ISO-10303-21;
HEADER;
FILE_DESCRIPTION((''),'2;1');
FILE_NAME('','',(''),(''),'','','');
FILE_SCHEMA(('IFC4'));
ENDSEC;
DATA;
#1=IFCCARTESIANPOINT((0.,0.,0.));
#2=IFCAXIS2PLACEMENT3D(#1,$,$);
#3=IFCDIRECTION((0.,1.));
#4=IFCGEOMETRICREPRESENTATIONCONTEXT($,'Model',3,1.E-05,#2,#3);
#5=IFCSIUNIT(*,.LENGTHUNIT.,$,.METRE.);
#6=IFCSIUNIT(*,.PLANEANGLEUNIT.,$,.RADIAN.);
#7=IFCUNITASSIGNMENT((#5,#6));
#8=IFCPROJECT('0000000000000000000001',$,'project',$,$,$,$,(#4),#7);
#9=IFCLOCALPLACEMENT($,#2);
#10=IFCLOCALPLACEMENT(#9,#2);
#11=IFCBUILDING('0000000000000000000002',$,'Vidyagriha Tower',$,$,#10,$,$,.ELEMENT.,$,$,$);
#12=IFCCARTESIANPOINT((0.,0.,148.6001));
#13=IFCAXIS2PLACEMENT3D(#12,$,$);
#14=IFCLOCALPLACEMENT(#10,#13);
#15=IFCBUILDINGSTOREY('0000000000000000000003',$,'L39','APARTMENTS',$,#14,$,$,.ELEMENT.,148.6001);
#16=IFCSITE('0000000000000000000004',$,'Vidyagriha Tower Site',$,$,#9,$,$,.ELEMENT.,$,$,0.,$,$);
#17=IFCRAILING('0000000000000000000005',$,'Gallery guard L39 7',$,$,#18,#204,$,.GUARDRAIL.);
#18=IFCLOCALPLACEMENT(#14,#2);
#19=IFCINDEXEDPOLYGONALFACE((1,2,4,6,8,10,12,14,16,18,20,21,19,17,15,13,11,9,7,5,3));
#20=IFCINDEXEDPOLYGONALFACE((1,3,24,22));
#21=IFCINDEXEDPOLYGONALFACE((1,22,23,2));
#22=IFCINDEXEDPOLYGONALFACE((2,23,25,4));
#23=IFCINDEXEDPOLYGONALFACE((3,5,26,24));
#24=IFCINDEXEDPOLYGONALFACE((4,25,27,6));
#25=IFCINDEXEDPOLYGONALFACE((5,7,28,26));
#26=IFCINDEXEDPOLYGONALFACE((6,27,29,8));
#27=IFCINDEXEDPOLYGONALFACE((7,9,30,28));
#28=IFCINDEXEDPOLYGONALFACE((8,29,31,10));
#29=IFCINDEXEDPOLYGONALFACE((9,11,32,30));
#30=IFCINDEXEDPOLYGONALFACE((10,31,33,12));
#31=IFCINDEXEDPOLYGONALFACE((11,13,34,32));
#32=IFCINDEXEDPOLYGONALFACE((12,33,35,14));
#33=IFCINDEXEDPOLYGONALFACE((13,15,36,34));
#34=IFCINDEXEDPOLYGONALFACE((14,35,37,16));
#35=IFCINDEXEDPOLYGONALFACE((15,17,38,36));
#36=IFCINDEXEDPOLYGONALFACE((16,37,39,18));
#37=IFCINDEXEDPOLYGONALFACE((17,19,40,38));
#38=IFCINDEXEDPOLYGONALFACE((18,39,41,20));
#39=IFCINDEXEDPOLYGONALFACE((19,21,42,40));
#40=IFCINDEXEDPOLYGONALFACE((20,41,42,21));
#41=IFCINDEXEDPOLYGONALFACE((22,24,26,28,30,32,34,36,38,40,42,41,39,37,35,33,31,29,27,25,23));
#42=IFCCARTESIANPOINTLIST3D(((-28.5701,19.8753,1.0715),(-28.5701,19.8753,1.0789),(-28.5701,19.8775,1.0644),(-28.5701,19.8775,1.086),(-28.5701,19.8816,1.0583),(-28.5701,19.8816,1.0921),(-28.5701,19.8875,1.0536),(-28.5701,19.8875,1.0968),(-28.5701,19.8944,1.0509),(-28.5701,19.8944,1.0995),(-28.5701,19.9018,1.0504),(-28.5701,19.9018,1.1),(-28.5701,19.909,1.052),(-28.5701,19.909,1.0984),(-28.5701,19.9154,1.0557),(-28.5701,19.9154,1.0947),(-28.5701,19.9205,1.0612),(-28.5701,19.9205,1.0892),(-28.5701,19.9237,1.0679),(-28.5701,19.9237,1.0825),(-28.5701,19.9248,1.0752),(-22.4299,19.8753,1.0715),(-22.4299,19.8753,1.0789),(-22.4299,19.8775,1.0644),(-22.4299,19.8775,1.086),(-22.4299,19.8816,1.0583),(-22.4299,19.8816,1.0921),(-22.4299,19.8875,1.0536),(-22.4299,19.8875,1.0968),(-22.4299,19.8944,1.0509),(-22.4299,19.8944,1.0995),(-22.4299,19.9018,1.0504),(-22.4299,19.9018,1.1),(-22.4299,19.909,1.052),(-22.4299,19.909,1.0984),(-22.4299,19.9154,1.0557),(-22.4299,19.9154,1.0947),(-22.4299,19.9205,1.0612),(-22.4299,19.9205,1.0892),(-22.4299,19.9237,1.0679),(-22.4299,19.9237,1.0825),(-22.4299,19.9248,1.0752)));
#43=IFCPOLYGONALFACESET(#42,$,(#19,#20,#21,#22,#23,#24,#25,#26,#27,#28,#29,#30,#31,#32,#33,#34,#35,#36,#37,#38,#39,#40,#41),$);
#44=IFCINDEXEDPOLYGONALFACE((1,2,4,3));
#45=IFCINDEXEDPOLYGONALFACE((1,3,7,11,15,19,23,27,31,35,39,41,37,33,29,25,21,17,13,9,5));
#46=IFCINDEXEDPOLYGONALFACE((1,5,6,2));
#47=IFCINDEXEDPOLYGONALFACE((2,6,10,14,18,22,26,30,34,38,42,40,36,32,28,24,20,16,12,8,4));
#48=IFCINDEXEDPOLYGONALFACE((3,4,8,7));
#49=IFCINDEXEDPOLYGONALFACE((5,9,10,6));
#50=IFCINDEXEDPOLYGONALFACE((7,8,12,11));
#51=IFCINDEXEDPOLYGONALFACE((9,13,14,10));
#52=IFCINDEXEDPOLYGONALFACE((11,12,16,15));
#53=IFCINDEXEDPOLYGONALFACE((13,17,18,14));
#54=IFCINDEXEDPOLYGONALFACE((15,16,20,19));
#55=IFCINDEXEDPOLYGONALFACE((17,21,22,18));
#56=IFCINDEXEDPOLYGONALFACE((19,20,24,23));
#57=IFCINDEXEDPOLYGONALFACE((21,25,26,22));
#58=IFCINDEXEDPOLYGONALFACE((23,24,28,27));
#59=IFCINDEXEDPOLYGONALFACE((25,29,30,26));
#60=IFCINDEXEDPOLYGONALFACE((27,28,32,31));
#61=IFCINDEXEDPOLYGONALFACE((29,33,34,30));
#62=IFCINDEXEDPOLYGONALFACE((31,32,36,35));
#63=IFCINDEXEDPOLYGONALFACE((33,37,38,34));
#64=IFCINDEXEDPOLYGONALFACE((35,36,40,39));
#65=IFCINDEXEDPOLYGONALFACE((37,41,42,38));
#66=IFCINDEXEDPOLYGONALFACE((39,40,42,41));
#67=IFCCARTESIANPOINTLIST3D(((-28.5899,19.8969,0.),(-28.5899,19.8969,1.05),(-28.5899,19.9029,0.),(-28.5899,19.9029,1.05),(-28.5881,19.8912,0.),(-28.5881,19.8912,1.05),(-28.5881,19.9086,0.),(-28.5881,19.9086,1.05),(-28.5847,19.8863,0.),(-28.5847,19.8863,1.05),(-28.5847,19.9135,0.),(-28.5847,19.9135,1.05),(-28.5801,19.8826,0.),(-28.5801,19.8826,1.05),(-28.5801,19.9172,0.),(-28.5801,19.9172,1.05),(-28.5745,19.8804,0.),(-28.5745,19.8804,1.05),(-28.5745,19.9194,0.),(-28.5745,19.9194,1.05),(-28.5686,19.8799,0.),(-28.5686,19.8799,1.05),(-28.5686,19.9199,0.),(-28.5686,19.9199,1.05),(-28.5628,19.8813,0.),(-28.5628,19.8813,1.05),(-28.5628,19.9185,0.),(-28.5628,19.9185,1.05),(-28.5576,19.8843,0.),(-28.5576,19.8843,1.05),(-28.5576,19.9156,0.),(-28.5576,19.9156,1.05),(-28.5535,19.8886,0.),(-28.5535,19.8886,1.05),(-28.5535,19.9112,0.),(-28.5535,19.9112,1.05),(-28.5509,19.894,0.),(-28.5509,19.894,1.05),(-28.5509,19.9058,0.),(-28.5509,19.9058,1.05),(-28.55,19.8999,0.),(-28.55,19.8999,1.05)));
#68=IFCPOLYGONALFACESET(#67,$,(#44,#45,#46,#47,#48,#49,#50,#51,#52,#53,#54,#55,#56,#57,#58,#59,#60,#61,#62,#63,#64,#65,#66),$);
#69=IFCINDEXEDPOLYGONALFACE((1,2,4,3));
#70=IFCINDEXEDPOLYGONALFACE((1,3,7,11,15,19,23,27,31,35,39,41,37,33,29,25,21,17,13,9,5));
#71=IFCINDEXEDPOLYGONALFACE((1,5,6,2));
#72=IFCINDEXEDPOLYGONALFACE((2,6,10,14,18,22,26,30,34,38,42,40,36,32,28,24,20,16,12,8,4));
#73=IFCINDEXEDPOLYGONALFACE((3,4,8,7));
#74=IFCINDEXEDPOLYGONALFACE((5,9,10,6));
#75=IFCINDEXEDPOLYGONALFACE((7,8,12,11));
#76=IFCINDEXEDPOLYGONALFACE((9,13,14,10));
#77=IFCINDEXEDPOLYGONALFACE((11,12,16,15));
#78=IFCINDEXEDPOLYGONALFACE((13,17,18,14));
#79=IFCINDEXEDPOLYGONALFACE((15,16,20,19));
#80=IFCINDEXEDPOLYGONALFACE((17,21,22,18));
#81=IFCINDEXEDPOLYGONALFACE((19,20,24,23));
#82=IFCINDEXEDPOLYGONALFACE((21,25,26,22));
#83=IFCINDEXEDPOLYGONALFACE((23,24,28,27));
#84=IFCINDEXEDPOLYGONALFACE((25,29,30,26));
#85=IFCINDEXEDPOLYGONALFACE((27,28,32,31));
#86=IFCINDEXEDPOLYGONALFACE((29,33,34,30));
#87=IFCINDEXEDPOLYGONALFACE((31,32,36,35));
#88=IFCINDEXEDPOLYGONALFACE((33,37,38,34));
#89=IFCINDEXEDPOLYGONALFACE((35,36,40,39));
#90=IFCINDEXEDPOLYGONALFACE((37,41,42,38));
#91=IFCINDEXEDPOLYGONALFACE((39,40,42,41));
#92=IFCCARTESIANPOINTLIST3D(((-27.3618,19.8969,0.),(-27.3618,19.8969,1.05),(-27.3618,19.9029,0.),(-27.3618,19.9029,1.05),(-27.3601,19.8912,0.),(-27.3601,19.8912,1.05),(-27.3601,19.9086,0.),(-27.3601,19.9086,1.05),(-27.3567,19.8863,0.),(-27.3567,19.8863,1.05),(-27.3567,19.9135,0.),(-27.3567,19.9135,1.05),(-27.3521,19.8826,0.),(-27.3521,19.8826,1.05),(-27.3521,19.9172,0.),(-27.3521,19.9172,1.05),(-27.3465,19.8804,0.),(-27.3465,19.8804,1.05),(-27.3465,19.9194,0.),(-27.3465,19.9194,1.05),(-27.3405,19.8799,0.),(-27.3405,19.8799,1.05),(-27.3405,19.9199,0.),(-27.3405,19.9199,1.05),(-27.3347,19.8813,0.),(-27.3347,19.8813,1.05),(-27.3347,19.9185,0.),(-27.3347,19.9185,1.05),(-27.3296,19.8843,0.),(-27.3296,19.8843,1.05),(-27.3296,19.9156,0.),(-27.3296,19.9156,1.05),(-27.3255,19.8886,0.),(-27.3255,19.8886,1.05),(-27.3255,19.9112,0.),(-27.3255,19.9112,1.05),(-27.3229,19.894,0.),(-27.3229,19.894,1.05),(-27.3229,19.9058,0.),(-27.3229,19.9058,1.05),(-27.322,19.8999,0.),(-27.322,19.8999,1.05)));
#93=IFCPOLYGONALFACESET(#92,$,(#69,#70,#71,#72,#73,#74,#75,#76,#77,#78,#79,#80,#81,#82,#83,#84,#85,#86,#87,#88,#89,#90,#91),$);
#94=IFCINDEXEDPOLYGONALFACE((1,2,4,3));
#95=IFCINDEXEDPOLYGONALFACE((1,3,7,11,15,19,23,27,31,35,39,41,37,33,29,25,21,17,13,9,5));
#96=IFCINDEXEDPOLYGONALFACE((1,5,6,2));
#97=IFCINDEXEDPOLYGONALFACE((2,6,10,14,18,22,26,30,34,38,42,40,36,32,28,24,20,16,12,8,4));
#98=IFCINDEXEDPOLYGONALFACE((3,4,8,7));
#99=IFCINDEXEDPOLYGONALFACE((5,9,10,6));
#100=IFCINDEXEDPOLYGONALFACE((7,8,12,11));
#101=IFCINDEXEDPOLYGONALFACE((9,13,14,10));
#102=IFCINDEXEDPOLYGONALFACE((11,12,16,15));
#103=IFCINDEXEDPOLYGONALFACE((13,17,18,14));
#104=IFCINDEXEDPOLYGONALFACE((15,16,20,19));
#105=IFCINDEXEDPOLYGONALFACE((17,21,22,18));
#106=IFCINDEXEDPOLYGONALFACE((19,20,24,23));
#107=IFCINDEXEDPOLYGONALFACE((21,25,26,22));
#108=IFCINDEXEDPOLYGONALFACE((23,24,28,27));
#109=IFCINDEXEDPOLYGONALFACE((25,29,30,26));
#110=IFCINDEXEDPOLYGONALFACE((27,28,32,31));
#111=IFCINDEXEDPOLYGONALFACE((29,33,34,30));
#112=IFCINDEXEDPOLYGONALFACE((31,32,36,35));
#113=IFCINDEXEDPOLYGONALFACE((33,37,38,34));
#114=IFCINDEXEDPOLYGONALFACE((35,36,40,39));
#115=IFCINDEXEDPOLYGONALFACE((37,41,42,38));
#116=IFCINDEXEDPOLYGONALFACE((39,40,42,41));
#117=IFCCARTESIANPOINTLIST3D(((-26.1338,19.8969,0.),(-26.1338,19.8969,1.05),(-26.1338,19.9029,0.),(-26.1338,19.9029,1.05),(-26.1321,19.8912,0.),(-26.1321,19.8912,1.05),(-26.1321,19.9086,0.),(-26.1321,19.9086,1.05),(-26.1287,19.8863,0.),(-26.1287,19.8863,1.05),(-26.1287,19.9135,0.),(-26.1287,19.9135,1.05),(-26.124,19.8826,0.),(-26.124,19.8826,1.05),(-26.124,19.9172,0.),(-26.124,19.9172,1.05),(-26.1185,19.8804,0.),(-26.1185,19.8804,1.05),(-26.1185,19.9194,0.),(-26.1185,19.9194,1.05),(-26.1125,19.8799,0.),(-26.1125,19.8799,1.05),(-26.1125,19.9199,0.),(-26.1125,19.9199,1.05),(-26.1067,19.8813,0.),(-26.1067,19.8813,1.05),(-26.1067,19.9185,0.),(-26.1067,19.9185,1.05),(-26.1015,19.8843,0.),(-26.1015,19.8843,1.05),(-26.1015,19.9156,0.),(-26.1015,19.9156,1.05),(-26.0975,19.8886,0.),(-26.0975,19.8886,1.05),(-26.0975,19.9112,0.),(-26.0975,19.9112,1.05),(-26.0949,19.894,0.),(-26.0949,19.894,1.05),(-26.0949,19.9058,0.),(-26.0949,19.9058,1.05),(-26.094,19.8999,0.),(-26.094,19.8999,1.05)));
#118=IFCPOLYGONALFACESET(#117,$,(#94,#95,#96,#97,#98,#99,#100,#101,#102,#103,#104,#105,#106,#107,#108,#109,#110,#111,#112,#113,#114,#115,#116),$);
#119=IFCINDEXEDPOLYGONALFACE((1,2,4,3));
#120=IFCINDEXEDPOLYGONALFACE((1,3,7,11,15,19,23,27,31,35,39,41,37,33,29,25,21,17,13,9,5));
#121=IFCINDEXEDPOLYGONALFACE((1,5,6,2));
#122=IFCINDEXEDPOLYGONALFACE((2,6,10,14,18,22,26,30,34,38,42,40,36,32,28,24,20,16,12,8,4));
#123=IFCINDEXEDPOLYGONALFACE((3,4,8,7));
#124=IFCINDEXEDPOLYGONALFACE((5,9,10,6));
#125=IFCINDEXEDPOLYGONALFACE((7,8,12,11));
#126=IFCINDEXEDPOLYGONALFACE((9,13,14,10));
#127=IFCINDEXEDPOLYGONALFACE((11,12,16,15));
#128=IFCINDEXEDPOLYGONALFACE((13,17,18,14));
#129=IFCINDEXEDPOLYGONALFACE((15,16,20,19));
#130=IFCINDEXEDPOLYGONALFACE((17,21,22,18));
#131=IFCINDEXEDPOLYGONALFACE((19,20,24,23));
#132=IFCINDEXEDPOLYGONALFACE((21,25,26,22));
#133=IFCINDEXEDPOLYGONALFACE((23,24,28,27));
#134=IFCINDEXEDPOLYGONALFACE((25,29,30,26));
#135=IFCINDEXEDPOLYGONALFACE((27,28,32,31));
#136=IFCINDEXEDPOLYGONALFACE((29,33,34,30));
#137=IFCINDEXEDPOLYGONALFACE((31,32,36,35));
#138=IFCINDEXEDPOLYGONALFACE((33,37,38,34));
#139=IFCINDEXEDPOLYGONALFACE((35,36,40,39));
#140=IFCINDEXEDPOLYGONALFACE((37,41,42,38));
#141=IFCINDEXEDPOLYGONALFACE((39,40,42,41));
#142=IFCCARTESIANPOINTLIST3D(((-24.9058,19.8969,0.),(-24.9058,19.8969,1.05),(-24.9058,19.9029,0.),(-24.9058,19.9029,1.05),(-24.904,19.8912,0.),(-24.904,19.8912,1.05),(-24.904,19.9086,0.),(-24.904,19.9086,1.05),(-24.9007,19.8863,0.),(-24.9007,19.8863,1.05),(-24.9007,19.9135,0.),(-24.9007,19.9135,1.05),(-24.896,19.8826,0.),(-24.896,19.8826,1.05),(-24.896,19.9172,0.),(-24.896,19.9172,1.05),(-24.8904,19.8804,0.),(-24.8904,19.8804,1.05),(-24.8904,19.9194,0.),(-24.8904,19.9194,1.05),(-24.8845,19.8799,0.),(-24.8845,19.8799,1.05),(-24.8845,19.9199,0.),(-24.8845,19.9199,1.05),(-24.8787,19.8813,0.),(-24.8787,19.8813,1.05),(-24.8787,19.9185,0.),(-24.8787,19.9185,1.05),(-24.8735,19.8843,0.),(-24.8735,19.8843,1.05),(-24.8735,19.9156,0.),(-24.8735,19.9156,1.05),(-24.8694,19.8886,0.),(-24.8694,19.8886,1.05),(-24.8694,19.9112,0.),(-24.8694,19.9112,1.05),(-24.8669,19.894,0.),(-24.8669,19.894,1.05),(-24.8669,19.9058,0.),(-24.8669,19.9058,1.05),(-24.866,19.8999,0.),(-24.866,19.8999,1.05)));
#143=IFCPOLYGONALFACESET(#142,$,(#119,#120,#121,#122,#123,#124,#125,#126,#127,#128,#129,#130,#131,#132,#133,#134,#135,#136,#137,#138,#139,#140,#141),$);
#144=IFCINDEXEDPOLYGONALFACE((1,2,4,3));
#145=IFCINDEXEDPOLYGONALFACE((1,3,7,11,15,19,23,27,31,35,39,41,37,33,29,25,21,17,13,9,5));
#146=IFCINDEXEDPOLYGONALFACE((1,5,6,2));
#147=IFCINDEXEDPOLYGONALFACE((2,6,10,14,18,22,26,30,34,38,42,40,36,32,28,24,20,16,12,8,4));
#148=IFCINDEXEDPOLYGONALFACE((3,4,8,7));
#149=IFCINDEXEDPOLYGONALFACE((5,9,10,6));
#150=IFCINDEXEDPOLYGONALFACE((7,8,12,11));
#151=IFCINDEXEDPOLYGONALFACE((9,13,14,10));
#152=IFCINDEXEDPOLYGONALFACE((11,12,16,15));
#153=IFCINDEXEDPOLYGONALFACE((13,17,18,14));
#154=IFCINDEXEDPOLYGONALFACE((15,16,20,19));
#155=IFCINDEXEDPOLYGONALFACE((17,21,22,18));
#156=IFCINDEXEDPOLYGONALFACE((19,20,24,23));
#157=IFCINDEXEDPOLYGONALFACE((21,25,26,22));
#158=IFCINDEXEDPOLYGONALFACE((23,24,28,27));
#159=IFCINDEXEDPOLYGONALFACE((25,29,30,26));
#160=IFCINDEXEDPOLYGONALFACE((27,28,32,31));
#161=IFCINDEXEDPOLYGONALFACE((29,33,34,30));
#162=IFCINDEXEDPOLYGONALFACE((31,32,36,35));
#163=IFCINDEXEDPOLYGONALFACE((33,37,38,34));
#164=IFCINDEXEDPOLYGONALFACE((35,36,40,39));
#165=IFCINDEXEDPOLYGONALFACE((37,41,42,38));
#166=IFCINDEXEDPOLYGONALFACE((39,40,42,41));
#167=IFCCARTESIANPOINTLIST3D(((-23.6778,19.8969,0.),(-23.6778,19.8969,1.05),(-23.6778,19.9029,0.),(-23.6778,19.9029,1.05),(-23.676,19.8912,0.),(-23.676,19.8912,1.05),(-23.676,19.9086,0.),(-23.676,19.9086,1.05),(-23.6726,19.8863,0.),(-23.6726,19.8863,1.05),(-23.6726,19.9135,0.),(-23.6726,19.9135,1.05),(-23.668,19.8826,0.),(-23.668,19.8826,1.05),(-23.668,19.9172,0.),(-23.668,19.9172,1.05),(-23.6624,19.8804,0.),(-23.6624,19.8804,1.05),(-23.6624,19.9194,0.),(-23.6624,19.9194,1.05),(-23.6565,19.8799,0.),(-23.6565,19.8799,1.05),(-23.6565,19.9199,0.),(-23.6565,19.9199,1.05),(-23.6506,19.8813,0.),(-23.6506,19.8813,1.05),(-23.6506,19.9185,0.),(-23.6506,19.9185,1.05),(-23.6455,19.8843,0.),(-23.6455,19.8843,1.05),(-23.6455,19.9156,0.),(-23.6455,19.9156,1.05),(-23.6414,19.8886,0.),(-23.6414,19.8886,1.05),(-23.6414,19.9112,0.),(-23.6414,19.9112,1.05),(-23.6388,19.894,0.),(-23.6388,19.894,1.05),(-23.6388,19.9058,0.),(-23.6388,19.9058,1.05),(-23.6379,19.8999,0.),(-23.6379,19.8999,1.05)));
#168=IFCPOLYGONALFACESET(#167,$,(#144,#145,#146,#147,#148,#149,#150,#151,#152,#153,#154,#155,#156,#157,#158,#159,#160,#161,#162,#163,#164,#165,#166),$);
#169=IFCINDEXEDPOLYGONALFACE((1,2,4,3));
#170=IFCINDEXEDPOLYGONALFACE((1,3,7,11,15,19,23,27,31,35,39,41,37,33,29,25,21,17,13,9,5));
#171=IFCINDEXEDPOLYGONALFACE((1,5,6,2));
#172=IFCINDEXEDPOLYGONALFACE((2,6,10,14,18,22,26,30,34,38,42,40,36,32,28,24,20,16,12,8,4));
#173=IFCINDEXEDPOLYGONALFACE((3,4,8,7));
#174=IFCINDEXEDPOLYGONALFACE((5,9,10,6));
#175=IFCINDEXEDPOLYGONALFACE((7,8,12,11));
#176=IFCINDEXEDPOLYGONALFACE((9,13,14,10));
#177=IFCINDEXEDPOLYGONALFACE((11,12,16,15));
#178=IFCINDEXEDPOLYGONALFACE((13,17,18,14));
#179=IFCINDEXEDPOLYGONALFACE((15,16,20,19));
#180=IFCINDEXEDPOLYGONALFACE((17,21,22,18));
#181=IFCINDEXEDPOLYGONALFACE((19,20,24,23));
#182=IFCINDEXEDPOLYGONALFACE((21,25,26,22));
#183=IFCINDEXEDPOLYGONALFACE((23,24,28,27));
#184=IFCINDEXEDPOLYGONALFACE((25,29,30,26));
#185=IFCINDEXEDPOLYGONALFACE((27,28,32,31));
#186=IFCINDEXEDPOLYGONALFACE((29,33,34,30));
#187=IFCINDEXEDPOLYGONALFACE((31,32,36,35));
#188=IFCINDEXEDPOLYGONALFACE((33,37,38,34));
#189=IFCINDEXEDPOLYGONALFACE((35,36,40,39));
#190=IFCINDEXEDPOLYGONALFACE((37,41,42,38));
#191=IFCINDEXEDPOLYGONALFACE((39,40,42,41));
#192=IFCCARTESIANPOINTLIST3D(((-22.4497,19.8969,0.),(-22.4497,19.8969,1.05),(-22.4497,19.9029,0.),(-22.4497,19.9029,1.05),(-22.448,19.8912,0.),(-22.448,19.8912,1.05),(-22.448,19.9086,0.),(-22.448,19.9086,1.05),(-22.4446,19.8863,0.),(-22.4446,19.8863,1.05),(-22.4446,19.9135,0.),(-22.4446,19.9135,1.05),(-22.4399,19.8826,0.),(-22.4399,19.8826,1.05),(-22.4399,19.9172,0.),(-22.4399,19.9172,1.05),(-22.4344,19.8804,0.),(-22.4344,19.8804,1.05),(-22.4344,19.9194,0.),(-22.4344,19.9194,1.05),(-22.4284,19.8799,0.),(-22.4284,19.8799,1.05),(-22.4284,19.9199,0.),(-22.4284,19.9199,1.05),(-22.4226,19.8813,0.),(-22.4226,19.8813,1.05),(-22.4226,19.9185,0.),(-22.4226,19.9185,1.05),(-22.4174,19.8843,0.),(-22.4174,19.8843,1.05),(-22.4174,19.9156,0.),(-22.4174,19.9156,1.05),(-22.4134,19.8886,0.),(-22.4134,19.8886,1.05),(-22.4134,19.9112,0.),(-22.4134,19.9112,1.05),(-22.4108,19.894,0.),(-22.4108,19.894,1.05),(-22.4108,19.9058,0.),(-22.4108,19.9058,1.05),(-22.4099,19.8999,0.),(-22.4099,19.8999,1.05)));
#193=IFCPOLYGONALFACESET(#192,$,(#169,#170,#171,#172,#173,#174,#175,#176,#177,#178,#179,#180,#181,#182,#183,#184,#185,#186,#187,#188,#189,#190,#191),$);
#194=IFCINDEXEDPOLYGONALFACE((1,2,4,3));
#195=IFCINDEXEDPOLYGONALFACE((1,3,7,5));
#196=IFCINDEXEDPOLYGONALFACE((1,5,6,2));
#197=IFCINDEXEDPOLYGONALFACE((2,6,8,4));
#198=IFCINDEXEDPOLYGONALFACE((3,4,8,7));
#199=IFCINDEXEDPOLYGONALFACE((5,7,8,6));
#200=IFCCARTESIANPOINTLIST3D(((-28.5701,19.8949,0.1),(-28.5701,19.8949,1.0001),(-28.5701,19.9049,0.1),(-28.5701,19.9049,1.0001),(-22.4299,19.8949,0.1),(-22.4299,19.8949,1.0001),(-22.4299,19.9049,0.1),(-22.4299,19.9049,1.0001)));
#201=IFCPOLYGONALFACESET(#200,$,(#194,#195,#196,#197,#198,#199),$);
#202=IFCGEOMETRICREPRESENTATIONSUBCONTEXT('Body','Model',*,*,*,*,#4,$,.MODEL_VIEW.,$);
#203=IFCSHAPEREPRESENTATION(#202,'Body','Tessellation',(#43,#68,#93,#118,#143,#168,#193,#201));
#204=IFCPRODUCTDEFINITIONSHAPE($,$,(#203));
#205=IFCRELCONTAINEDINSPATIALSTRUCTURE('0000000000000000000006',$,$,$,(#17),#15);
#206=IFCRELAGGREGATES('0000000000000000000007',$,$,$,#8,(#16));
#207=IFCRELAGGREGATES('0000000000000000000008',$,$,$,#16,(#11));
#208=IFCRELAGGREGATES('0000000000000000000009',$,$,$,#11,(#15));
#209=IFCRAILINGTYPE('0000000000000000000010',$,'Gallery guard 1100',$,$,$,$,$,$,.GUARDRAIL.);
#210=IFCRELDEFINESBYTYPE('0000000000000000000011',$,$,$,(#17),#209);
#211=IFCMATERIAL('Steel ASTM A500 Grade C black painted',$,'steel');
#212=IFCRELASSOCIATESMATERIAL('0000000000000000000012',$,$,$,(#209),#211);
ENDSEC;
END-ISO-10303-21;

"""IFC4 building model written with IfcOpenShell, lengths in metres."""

from ifc_helpers import new_model, si_unit, direction, frame, origin, origin_2d, place, context, subcontext, project, spatial, rectangle, circle, extrude, material, type_object, element, save


model = new_model("IFC4")

# Units and contexts
model_context = context("Model", 3, precision=1e-05, world=origin(), true_north=direction((0.0, 1.0)))
body_context = subcontext(model_context, "Body", "Model", "MODEL_VIEW")
ifc_project = project(units=[si_unit("LENGTHUNIT", "METRE"), si_unit("PLANEANGLEUNIT", "RADIAN")], contexts=[model_context])

# Site, building, storey
site_placement = place(None, origin())
site = spatial("IfcSite", under=ifc_project, at=site_placement, Name="Vidyagriha Tower Site", CompositionType="ELEMENT", RefElevation=0.0)
building_placement = place(site_placement, origin())
building = spatial("IfcBuilding", under=site, at=building_placement, Name="Vidyagriha Tower", CompositionType="ELEMENT")
storey_placement = place(building_placement, frame((0.0, 0.0, 148.6001)))
storey = spatial("IfcBuildingStorey", under=building, at=storey_placement, Name="L39", Description="APARTMENTS", CompositionType="ELEMENT", Elevation=148.6001)

# Railing
ifc_material_1 = material(Name="Steel ASTM A500 Grade C black painted", Category="steel")
railing_type = type_object("IfcRailingType", Name="Gallery guard 1100", PredefinedType="GUARDRAIL", material=ifc_material_1)
railing_1_placement = place(storey_placement, frame((-28.5701, 19.8999, 0.0)))
element("IfcRailing", 1, at=railing_1_placement, inside=storey, type_object=railing_type, Name="Gallery guard L39 7", PredefinedType="GUARDRAIL", context=body_context, shape_type="SweptSolid", body=[
    extrude(circle(Radius=0.0249, at=origin_2d()), frame((0.0, 0.0, 1.0752), z_axis=(1.0, 0.0, 0.0), x_axis=(0.0, 1.0, 0.0)), (0.0, 0.0, 1.0), 6.1401),
    extrude(circle(Radius=0.02, at=origin_2d()), origin(), (0.0, 0.0, 1.0), 1.05),
    extrude(circle(Radius=0.02, at=origin_2d()), frame((1.228, 0.0, 0.0)), (0.0, 0.0, 1.0), 1.05),
    extrude(circle(Radius=0.02, at=origin_2d()), frame((2.4561, 0.0, 0.0)), (0.0, 0.0, 1.0), 1.05),
    extrude(circle(Radius=0.02, at=origin_2d()), frame((3.6841, 0.0, 0.0)), (0.0, 0.0, 1.0), 1.05),
    extrude(circle(Radius=0.02, at=origin_2d()), frame((4.9121, 0.0, 0.0)), (0.0, 0.0, 1.0), 1.05),
    extrude(circle(Radius=0.02, at=origin_2d()), frame((6.1401, 0.0, 0.0)), (0.0, 0.0, 1.0), 1.05),
    extrude(rectangle(XDim=0.01, YDim=0.9001, at=origin_2d()), frame((0.0, 0.0, 0.55), z_axis=(1.0, 0.0, 0.0), x_axis=(0.0, 1.0, 0.0)), (0.0, 0.0, 1.0), 6.1401),
])

save(model, "model.ifc")
